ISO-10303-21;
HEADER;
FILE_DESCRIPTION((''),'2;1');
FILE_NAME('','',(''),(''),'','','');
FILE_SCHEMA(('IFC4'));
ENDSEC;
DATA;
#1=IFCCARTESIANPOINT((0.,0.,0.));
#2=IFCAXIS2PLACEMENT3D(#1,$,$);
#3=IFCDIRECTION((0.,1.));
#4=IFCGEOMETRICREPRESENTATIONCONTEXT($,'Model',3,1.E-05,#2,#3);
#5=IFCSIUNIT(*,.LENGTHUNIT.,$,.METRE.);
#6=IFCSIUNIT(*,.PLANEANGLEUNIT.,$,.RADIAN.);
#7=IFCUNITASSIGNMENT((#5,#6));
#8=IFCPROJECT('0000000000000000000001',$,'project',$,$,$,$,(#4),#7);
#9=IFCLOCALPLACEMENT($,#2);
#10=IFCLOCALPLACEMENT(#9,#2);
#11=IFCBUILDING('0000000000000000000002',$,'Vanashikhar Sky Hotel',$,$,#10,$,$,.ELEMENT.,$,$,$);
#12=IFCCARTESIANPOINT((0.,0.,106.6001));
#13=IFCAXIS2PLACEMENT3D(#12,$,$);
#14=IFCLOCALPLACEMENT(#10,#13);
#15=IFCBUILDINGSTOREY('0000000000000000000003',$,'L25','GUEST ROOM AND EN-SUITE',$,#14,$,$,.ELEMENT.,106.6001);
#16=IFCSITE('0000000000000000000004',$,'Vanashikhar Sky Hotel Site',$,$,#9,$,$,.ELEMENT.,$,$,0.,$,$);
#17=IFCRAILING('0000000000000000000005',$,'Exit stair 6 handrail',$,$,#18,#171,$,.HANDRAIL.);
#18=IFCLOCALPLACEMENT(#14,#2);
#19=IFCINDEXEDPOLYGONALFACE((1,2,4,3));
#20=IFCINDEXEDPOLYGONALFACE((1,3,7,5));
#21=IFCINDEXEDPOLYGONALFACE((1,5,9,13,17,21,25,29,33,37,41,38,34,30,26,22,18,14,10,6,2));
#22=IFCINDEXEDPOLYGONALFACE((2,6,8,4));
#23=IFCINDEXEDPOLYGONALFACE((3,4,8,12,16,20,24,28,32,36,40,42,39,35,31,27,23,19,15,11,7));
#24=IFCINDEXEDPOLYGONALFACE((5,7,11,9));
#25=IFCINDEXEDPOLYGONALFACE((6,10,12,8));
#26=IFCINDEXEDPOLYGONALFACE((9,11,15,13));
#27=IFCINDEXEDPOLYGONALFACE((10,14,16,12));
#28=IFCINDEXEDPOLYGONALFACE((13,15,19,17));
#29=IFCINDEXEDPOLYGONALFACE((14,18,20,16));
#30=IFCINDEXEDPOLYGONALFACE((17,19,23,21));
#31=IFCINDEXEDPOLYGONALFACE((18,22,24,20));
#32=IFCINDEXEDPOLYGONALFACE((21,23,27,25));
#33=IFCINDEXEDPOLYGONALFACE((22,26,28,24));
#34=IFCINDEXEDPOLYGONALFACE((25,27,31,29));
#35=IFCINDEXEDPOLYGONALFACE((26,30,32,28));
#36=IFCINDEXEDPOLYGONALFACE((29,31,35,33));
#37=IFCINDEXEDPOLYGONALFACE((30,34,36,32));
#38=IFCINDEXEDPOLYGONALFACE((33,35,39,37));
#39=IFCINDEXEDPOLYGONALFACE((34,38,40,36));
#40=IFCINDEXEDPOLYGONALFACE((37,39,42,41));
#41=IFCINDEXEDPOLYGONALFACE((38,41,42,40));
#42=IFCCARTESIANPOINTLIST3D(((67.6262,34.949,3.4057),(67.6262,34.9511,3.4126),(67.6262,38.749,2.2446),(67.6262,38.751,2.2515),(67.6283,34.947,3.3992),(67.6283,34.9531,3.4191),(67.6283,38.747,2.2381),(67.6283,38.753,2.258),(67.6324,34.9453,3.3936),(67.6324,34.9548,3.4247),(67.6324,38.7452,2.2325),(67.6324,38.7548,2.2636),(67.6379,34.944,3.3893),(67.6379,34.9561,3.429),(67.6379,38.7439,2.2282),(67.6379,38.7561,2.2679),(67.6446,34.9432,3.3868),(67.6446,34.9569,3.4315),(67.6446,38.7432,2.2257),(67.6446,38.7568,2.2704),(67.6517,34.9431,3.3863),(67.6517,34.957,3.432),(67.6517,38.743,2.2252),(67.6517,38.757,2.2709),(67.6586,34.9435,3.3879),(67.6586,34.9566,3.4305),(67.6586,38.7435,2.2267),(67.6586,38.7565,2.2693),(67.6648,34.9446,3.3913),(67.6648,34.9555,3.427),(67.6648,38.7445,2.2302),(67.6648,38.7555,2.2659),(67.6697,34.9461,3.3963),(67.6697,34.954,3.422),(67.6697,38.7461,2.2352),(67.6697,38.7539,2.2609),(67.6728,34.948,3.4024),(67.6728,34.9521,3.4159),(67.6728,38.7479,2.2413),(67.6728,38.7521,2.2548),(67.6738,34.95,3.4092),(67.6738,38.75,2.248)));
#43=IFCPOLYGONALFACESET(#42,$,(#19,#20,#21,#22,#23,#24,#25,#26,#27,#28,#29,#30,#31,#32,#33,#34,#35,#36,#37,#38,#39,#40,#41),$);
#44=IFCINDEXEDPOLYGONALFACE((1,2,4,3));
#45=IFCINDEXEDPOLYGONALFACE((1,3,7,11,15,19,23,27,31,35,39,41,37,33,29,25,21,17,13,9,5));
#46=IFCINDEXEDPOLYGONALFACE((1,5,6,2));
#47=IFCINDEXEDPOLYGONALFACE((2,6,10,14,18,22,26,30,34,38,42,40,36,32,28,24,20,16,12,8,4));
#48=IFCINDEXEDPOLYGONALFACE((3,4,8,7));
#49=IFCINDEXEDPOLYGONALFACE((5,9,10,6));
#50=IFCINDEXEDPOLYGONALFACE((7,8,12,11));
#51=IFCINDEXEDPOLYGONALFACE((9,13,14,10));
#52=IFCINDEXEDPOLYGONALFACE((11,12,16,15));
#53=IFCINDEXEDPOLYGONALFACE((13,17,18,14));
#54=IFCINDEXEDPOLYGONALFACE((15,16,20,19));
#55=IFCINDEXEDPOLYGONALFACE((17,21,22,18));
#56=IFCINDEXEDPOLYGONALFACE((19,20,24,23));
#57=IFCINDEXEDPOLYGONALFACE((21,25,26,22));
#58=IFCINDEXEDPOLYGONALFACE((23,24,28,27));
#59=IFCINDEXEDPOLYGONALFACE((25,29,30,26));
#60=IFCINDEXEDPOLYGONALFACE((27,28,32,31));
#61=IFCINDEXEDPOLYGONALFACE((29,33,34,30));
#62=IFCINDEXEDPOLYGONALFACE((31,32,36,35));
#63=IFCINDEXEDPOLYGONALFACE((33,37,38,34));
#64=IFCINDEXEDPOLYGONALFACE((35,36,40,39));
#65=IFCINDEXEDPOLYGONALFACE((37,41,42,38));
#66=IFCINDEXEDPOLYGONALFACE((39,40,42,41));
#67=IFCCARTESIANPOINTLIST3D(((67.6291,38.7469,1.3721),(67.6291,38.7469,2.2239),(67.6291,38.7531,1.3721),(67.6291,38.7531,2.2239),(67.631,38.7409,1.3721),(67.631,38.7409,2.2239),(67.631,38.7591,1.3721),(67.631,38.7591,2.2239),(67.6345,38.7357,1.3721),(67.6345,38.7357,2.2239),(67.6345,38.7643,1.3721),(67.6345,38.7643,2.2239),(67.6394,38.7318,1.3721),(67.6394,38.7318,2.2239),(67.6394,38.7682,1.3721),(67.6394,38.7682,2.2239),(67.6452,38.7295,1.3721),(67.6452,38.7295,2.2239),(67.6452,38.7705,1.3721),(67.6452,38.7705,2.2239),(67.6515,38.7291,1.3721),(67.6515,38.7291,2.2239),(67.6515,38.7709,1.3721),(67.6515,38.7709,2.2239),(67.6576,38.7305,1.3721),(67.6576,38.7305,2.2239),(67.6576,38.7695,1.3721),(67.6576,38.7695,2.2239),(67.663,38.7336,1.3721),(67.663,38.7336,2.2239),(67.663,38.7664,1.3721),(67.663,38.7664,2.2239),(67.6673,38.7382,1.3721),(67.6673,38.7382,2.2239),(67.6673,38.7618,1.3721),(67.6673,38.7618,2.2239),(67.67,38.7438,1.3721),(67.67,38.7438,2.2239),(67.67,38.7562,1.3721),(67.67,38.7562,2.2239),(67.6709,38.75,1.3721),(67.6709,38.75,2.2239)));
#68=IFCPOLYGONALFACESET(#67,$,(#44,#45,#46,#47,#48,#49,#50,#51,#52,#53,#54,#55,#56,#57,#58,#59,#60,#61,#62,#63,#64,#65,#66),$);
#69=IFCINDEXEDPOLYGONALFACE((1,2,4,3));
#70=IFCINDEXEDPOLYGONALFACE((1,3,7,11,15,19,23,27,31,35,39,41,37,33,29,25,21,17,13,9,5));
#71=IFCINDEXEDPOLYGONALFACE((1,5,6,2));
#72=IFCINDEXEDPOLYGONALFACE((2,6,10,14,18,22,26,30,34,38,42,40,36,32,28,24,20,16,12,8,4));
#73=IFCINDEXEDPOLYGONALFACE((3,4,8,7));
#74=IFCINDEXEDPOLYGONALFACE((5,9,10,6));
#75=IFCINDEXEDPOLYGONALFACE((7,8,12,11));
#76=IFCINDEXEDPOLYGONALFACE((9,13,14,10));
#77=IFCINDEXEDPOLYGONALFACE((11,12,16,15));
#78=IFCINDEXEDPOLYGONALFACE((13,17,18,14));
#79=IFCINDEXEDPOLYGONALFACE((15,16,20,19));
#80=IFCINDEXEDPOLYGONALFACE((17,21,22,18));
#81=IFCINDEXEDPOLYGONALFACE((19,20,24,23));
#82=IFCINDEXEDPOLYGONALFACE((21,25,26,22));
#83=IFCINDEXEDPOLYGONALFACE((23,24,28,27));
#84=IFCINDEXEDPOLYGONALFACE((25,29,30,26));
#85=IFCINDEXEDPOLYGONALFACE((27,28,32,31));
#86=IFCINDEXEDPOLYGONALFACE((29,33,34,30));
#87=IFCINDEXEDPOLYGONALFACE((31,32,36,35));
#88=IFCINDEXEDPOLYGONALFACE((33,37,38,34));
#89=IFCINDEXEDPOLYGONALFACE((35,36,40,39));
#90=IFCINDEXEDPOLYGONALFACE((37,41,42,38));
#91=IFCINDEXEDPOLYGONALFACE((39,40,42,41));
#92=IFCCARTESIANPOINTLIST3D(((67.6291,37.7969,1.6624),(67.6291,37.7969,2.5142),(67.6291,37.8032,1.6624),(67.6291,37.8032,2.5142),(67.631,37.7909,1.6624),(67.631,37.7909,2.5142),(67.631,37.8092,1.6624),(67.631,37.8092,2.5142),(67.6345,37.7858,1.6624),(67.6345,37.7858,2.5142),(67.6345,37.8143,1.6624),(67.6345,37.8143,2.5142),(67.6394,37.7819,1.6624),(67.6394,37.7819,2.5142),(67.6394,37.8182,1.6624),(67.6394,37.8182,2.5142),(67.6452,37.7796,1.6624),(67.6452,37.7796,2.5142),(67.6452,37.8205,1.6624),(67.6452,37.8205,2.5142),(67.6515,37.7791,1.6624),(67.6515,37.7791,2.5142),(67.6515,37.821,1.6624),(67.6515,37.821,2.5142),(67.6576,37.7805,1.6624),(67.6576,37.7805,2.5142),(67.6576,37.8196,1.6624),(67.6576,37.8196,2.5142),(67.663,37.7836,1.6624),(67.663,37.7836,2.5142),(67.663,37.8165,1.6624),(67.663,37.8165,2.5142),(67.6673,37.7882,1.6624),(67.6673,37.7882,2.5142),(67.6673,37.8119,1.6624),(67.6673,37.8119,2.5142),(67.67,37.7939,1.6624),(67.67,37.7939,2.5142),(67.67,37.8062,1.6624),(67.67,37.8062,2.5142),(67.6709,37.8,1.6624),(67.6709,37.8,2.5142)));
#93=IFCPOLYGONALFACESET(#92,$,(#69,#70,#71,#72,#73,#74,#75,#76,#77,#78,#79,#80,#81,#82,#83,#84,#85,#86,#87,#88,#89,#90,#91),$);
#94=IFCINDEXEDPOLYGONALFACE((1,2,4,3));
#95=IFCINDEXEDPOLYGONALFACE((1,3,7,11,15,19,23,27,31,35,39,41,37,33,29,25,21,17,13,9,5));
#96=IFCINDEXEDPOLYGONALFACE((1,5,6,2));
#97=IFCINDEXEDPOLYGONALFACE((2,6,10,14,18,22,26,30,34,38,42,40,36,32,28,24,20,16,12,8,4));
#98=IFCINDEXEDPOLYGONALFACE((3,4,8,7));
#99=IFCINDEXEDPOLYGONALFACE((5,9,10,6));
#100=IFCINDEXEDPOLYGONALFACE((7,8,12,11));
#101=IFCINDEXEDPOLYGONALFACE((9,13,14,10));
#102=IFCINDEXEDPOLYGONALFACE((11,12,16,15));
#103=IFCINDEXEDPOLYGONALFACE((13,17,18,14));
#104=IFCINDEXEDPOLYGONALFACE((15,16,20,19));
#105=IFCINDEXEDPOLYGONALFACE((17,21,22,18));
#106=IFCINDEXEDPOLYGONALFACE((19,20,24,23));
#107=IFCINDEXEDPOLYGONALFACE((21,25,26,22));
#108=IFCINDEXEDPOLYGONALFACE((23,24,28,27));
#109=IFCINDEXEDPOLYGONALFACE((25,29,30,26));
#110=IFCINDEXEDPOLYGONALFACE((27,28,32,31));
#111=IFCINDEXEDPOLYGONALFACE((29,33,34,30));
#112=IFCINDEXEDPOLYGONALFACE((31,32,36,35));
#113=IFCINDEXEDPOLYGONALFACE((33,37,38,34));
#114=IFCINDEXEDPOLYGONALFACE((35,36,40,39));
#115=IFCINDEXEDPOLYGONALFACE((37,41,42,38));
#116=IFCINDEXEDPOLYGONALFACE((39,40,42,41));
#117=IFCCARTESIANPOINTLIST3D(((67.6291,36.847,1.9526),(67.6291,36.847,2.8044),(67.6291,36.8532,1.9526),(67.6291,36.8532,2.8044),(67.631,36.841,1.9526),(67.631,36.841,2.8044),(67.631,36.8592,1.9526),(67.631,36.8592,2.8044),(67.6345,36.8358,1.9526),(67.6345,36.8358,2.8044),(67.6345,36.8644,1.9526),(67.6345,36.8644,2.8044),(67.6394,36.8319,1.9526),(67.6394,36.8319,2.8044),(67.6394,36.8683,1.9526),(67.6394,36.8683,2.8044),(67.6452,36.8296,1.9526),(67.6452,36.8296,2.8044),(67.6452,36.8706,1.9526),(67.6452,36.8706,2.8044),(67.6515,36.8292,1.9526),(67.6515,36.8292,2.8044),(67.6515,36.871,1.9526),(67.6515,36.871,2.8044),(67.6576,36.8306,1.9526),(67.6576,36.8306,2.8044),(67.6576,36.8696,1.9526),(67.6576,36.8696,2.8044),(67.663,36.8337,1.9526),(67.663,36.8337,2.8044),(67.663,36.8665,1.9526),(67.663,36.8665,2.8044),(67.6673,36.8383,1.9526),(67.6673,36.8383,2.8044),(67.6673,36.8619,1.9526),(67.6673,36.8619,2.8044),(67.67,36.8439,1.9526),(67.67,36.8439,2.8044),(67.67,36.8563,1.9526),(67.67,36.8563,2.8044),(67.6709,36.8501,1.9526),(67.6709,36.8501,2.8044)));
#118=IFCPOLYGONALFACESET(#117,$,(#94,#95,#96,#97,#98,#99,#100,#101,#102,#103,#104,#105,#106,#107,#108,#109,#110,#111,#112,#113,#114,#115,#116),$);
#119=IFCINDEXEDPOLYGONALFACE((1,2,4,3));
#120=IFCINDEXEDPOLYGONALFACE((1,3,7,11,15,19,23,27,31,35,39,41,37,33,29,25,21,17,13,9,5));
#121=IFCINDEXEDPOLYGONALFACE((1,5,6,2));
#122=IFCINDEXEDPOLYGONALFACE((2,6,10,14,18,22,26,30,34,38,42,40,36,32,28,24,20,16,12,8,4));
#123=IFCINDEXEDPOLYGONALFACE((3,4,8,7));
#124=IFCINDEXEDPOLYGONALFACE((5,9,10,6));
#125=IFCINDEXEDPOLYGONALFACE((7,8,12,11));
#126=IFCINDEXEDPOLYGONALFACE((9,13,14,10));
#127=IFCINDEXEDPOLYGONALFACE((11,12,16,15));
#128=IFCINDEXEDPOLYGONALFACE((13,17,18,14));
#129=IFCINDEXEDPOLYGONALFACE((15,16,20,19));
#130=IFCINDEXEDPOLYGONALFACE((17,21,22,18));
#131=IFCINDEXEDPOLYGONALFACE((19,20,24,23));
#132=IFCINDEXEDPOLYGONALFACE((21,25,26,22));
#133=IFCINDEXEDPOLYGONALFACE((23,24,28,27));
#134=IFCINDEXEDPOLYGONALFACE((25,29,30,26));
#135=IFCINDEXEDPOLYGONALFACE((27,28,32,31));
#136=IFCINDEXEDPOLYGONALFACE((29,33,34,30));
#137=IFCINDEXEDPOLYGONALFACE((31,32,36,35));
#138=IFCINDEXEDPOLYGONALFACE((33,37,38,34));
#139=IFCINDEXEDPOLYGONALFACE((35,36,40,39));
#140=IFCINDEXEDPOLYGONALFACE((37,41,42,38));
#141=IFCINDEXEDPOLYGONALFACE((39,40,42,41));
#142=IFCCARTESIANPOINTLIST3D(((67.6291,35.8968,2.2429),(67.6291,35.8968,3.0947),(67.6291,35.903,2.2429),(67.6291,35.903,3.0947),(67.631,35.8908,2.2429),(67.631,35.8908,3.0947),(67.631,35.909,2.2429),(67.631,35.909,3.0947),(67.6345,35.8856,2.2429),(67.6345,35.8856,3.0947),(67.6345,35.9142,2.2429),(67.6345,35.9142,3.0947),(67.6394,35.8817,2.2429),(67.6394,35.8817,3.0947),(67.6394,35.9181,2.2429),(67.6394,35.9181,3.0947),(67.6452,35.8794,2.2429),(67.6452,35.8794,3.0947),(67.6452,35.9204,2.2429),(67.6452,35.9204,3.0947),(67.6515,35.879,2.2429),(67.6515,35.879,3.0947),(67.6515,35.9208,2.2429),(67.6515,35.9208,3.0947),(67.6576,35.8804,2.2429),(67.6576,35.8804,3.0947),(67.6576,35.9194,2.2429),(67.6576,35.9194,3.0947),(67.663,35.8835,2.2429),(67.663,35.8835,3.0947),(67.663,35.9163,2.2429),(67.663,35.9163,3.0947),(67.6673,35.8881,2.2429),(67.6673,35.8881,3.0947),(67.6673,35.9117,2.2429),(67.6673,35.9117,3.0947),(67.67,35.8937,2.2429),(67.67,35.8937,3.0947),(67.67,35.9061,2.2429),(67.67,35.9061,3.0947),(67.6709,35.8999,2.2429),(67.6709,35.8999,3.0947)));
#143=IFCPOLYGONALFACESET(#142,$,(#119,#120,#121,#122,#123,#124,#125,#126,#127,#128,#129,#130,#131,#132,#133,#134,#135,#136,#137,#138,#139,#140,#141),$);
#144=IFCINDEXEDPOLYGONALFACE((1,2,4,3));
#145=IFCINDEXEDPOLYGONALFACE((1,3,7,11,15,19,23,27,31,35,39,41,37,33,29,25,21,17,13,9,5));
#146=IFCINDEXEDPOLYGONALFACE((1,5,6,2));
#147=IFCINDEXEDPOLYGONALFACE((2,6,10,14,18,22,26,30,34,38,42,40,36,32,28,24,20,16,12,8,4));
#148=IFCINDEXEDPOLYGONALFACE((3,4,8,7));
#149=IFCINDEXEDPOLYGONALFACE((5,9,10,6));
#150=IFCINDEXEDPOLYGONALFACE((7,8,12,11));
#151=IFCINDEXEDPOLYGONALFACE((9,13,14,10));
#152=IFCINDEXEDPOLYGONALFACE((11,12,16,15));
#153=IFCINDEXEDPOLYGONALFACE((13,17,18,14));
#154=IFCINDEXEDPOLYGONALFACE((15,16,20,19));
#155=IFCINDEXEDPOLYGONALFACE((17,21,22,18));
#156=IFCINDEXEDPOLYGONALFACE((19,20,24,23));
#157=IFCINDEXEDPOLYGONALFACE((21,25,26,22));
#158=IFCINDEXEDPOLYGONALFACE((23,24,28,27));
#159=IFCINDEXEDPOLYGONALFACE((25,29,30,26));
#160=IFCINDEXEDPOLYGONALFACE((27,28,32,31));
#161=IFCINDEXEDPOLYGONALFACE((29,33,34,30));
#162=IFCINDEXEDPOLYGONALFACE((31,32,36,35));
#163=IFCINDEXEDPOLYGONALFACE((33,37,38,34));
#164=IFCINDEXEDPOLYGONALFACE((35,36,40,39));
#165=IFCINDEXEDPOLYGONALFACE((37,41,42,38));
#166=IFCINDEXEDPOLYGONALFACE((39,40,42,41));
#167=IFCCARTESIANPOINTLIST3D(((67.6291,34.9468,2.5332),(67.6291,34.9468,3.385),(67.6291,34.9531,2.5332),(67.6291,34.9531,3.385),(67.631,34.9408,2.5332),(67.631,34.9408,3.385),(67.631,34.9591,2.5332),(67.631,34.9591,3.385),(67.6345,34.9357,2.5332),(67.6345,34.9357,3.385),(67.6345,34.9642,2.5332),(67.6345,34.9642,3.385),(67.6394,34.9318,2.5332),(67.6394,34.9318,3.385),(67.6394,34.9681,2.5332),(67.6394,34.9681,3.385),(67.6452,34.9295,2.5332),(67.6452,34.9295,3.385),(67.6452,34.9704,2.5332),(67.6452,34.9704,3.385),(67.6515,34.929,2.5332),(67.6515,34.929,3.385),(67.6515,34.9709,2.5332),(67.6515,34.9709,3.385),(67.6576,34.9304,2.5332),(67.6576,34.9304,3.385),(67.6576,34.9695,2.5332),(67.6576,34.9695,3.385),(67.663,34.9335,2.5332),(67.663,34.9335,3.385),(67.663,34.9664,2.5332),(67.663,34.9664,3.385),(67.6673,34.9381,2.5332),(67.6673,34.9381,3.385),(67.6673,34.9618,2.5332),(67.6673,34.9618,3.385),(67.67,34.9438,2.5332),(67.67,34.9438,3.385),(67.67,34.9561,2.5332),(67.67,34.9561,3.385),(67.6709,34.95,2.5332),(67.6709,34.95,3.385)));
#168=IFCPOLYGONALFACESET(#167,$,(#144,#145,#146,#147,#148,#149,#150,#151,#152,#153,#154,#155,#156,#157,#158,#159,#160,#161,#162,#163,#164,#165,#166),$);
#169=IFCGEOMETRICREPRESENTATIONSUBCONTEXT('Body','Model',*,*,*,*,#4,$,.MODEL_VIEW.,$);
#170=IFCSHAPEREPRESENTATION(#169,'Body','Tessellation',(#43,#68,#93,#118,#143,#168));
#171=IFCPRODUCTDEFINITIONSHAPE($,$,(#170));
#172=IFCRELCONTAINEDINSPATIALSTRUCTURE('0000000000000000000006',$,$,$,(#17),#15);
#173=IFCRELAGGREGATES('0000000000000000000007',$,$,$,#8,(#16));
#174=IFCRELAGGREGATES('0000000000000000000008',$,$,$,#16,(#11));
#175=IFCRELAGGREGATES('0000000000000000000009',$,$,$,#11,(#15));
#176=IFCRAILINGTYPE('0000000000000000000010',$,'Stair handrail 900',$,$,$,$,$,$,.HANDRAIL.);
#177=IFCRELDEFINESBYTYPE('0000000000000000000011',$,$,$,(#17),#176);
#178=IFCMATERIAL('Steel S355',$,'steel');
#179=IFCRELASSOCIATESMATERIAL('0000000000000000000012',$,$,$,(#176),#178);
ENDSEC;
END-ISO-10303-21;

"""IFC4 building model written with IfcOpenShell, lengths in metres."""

from ifc_helpers import new_model, si_unit, direction, frame, origin, origin_2d, place, context, subcontext, project, spatial, circle, extrude, source, transform, mapped, material, type_object, element, save


model = new_model("IFC4")

# Units and contexts
model_context = context("Model", 3, precision=1e-05, world=origin(), true_north=direction((0.0, 1.0)))
body_context = subcontext(model_context, "Body", "Model", "MODEL_VIEW")
ifc_project = project(units=[si_unit("LENGTHUNIT", "METRE"), si_unit("PLANEANGLEUNIT", "RADIAN")], contexts=[model_context])

# Site, building, storey
site_placement = place(None, origin())
site = spatial("IfcSite", under=ifc_project, at=site_placement, Name="Vanashikhar Sky Hotel Site", CompositionType="ELEMENT", RefElevation=0.0)
building_placement = place(site_placement, origin())
building = spatial("IfcBuilding", under=site, at=building_placement, Name="Vanashikhar Sky Hotel", CompositionType="ELEMENT")
storey_placement = place(building_placement, frame((0.0, 0.0, 106.6001)))
storey = spatial("IfcBuildingStorey", under=building, at=storey_placement, Name="L25", Description="GUEST ROOM AND EN-SUITE", CompositionType="ELEMENT", Elevation=106.6001)

# Railing
ifc_material_1 = material(Name="Steel S355", Category="steel")
railing_type_1 = type_object("IfcRailingType", Name="Stair handrail 900", PredefinedType="HANDRAIL", material=ifc_material_1)
shared_shape_1 = source(origin(), body_context, "Body", "SweptSolid", [
    extrude(circle(Radius=0.0239, at=origin_2d()), frame((0.0, 0.0, 0.876), z_axis=(0.0, -0.956351, 0.29222), x_axis=(1.0, 0.0, 0.0)), (0.0, 0.0, 1.0), 3.9734),
    extrude(circle(Radius=0.021, at=origin_2d()), origin(), (0.0, 0.0, 1.0), 0.8518),
    extrude(circle(Radius=0.021, at=origin_2d()), frame((0.0, -0.95, 0.2903)), (0.0, 0.0, 1.0), 0.8518),
    extrude(circle(Radius=0.021, at=origin_2d()), frame((0.0, -1.8999, 0.5806)), (0.0, 0.0, 1.0), 0.8518),
    extrude(circle(Radius=0.021, at=origin_2d()), frame((0.0, -2.8501, 0.8708)), (0.0, 0.0, 1.0), 0.8518),
    extrude(circle(Radius=0.021, at=origin_2d()), frame((0.0, -3.8, 1.1611)), (0.0, 0.0, 1.0), 0.8518),
])
for number, where, name in (
    (1, (67.6499, 38.75, 1.3721), "Exit stair 6 handrail"),
):
    element("IfcRailing", number, at=place(storey_placement, frame(where)), inside=storey, type_object=railing_type_1, Name=name, PredefinedType="HANDRAIL", context=body_context, shape_type="MappedRepresentation", body=[
        mapped(shared_shape_1, transform((0.0, 0.0, 0.0), scale=1.0)),
    ])

save(model, "model.ifc")
